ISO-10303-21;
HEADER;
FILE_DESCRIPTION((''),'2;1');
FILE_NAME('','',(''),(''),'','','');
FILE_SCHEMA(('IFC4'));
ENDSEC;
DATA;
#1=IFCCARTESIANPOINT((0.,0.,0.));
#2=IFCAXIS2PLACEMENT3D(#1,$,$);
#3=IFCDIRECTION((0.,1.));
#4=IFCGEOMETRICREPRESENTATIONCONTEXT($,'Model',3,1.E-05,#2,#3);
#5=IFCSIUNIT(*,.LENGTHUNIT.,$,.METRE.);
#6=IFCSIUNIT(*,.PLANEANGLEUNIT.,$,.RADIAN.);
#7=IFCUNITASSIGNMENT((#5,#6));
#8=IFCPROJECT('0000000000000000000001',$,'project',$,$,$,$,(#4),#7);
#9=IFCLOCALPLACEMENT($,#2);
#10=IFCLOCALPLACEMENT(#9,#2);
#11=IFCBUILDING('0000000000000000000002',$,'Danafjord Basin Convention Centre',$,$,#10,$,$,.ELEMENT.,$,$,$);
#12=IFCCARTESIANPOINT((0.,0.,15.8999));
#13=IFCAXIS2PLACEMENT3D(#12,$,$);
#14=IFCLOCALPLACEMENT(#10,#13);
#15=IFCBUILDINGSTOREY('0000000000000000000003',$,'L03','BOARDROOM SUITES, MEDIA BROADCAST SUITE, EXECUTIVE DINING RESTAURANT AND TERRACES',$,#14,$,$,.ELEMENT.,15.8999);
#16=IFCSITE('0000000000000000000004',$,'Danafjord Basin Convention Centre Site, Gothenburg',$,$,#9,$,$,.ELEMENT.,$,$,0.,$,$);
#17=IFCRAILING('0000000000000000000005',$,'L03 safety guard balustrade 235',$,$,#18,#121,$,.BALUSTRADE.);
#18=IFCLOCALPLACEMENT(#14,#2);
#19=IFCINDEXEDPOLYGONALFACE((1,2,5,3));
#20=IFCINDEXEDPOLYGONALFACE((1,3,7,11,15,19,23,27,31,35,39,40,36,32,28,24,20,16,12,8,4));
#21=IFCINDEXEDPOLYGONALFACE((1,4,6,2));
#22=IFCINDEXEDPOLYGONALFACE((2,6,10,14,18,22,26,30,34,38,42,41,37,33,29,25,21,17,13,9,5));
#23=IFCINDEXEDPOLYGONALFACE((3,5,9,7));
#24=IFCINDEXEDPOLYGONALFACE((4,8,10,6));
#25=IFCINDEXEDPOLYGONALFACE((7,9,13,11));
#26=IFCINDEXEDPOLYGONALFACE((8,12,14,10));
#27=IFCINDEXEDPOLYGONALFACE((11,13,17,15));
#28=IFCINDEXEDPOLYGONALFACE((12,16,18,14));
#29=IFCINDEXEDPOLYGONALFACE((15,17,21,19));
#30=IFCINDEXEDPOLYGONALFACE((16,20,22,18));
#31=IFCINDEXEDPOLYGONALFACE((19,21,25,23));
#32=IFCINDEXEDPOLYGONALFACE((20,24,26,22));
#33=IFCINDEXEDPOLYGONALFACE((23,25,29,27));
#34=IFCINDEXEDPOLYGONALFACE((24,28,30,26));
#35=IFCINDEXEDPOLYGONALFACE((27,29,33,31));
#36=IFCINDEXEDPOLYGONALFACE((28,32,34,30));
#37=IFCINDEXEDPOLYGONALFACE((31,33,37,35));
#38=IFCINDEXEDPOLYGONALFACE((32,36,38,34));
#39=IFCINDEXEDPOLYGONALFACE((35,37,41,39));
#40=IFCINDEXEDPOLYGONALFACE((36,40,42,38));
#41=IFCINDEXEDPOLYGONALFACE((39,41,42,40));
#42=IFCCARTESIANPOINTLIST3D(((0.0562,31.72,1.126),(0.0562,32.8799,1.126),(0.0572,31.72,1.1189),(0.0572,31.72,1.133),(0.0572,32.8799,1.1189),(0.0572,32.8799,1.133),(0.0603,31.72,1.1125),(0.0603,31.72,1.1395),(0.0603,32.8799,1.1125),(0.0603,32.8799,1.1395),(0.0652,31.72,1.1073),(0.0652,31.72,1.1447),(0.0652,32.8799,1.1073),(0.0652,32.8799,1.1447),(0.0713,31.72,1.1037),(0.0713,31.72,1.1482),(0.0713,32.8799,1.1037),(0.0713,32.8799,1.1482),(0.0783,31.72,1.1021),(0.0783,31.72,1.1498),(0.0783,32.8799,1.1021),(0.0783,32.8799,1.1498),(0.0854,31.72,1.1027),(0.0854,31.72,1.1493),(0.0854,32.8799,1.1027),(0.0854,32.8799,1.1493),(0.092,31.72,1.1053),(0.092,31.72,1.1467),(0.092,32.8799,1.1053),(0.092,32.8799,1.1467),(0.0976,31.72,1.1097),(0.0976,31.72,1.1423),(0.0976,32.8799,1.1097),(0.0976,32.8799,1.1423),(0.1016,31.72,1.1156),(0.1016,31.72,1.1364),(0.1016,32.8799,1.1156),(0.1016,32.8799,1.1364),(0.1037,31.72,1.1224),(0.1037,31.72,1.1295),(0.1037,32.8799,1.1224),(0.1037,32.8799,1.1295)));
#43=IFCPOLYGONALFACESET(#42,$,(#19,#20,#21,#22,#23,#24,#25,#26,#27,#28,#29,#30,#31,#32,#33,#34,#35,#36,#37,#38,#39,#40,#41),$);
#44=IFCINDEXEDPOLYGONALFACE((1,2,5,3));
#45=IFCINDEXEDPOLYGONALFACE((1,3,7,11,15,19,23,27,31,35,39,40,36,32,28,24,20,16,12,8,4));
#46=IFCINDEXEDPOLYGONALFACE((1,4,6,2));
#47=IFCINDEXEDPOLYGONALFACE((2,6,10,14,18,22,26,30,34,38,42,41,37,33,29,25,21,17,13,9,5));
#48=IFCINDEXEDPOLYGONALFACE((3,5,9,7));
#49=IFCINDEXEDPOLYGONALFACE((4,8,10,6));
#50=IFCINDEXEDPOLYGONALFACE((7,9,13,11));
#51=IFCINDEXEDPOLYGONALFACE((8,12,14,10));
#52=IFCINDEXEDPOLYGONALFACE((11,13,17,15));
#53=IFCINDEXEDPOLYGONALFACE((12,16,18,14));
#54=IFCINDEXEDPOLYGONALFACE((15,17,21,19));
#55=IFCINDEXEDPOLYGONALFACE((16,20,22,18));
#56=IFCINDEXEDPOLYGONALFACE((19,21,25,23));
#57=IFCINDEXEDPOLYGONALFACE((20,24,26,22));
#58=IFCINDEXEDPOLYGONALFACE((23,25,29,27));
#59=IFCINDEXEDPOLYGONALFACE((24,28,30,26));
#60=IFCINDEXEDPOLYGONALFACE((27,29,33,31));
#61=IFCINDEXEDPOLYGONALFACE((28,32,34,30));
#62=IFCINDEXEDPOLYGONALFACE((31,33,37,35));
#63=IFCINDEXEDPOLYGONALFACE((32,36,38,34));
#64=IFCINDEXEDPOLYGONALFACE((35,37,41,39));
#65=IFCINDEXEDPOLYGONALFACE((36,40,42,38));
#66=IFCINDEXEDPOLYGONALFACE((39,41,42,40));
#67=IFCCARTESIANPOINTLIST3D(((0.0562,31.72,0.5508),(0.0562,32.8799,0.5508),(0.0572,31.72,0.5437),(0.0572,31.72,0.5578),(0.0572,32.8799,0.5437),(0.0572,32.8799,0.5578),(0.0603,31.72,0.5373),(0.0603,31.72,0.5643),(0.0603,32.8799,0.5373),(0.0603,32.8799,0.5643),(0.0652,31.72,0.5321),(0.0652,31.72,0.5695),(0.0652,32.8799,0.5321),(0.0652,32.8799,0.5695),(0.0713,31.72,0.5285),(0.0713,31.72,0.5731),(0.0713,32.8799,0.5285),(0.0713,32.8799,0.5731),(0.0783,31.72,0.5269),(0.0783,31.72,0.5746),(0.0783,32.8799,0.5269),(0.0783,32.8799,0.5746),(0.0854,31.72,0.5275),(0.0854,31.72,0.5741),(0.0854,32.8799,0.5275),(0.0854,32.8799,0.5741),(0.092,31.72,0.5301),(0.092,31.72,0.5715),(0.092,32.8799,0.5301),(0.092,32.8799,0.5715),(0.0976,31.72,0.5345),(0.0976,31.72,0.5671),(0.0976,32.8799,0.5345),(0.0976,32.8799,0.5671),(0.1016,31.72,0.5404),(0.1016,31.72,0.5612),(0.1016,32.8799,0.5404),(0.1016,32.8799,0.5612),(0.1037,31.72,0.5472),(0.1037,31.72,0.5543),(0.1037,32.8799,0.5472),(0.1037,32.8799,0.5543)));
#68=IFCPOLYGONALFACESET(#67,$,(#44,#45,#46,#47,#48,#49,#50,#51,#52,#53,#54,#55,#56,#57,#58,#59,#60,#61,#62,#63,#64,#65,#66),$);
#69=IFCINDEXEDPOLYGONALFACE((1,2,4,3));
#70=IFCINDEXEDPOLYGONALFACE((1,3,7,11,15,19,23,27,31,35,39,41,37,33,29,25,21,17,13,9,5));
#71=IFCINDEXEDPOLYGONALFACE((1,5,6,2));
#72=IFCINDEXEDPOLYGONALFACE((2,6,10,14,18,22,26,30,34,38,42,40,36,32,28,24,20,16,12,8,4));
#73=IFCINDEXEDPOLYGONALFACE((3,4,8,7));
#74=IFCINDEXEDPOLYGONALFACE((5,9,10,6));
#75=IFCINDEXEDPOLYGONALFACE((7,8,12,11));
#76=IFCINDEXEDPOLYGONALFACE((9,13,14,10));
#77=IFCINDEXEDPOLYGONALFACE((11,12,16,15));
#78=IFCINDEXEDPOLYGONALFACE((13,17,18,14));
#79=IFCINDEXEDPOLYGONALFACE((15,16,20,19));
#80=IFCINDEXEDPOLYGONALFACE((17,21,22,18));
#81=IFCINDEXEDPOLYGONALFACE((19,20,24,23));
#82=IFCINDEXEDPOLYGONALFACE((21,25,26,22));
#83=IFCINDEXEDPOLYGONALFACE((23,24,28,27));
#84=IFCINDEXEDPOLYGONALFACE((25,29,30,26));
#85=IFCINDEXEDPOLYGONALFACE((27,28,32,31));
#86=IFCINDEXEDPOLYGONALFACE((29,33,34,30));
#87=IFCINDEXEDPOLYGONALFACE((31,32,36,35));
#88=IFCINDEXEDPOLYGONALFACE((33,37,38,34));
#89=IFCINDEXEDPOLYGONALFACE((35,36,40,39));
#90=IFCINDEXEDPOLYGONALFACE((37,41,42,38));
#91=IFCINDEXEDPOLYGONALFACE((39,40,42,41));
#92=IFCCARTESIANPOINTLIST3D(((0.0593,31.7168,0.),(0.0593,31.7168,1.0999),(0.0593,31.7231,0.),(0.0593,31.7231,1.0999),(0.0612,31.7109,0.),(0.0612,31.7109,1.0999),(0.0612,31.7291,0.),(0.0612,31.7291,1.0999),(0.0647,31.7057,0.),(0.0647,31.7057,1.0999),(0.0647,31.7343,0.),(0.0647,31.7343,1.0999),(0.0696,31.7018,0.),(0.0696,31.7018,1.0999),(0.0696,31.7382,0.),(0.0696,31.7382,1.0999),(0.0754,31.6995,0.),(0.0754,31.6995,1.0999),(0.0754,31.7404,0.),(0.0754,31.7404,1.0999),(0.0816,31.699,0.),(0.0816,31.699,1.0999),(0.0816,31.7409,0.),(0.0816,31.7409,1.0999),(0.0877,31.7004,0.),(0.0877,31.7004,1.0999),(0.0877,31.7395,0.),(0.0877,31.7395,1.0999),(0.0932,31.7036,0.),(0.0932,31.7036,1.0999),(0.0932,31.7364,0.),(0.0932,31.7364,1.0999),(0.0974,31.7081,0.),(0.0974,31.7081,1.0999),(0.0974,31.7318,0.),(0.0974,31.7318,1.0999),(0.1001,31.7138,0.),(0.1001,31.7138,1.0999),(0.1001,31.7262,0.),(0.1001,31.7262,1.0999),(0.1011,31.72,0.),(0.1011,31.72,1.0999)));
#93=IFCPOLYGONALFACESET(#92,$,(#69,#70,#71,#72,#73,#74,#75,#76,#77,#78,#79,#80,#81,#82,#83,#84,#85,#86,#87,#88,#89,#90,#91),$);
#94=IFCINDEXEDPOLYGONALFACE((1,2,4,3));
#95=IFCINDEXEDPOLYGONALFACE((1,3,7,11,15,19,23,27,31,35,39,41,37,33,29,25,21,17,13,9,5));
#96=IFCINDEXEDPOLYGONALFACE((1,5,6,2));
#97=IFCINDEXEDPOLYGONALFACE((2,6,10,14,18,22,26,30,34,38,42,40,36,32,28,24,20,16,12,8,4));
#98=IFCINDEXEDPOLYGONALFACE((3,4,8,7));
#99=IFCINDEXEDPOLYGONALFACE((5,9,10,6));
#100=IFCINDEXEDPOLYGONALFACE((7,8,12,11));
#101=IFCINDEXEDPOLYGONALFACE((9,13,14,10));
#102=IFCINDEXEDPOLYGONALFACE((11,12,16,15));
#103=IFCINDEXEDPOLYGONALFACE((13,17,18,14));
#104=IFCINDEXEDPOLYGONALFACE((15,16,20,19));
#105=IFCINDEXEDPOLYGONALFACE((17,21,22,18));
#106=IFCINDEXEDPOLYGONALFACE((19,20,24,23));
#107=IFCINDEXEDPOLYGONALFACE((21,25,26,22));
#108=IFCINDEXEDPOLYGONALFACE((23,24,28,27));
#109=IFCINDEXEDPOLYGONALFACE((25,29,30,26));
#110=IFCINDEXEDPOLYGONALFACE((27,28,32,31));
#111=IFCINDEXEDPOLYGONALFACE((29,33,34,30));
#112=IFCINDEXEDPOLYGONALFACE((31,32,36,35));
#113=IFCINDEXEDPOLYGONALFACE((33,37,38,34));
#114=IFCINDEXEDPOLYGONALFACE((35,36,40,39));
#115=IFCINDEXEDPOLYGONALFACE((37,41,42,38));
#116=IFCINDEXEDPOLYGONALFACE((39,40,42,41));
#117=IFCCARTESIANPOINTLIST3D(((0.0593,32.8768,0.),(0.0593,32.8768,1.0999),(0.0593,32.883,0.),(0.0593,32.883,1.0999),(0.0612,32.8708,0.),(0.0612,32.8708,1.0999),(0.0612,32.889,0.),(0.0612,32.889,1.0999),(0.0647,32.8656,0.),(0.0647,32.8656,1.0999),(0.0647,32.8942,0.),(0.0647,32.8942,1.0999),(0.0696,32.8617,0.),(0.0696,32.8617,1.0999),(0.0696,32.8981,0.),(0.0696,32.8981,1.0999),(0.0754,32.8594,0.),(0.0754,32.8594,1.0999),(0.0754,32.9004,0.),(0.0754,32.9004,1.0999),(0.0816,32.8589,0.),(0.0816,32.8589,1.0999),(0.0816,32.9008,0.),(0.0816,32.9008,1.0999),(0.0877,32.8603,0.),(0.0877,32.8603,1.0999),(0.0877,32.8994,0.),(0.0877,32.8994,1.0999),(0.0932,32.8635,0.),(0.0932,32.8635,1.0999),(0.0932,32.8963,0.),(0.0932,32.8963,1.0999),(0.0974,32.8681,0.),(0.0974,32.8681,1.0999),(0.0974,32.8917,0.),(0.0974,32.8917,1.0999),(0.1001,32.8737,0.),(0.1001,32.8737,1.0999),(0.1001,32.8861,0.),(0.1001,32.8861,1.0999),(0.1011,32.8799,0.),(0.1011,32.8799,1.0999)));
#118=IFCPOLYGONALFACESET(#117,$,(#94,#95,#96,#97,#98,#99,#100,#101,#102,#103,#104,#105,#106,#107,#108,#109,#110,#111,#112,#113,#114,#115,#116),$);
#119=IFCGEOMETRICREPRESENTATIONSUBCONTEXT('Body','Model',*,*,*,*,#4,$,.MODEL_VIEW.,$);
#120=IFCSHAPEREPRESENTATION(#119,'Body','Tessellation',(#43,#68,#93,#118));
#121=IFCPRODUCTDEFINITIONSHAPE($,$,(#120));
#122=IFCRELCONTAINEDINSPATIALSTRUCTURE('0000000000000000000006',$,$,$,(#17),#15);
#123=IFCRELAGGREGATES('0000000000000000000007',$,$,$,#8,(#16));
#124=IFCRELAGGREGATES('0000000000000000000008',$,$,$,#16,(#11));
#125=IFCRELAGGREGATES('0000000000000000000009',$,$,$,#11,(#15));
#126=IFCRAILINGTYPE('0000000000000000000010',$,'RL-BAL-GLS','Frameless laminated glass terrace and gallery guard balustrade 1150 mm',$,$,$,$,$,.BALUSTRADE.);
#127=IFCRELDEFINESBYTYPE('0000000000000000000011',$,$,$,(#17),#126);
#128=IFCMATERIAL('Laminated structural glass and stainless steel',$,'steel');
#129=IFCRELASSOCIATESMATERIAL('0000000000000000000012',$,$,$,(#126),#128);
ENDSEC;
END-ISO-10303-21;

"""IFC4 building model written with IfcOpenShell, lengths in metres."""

from ifc_helpers import new_model, si_unit, direction, frame, origin, origin_2d, place, context, subcontext, project, spatial, circle, extrude, material, type_object, element, save


model = new_model("IFC4")

# Units and contexts
model_context = context("Model", 3, precision=1e-05, world=origin(), true_north=direction((0.0, 1.0)))
body_context = subcontext(model_context, "Body", "Model", "MODEL_VIEW")
ifc_project = project(units=[si_unit("LENGTHUNIT", "METRE"), si_unit("PLANEANGLEUNIT", "RADIAN")], contexts=[model_context])

# Site, building, storey
site_placement = place(None, origin())
site = spatial("IfcSite", under=ifc_project, at=site_placement, Name="Danafjord Basin Convention Centre Site, Gothenburg", CompositionType="ELEMENT", RefElevation=0.0)
building_placement = place(site_placement, origin())
building = spatial("IfcBuilding", under=site, at=building_placement, Name="Danafjord Basin Convention Centre", CompositionType="ELEMENT")
storey_placement = place(building_placement, frame((0.0, 0.0, 15.8999)))
storey = spatial("IfcBuildingStorey", under=building, at=storey_placement, Name="L03", Description="BOARDROOM SUITES, MEDIA BROADCAST SUITE, EXECUTIVE DINING RESTAURANT AND TERRACES", CompositionType="ELEMENT", Elevation=15.8999)

# Railing
ifc_material_1 = material(Name="Laminated structural glass and stainless steel", Category="steel")
railing_type = type_object("IfcRailingType", Name="RL-BAL-GLS", Description="Frameless laminated glass terrace and gallery guard balustrade 1150 mm", PredefinedType="BALUSTRADE", material=ifc_material_1)
for number, where, name in (
    (1, (0.0801, 31.72, 0.0), "L03 safety guard balustrade 235"),
):
    element("IfcRailing", number, at=place(storey_placement, frame(where)), inside=storey, type_object=railing_type, Name=name, PredefinedType="BALUSTRADE", context=body_context, shape_type="SweptSolid", body=[
        extrude(circle(Radius=0.0239, at=origin_2d()), frame((0.0, 0.0, 1.126), z_axis=(0.0, 1.0, 0.0), x_axis=(-1.0, 0.0, 0.0)), (0.0, 0.0, 1.0), 1.1599),
        extrude(circle(Radius=0.0239, at=origin_2d()), frame((0.0, 0.0, 0.5508), z_axis=(0.0, 1.0, 0.0), x_axis=(-1.0, 0.0, 0.0)), (0.0, 0.0, 1.0), 1.1599),
        extrude(circle(Radius=0.021, at=origin_2d()), origin(), (0.0, 0.0, 1.0), 1.0999),
        extrude(circle(Radius=0.021, at=origin_2d()), frame((0.0, 1.1599, 0.0)), (0.0, 0.0, 1.0), 1.0999),
    ])

save(model, "model.ifc")
